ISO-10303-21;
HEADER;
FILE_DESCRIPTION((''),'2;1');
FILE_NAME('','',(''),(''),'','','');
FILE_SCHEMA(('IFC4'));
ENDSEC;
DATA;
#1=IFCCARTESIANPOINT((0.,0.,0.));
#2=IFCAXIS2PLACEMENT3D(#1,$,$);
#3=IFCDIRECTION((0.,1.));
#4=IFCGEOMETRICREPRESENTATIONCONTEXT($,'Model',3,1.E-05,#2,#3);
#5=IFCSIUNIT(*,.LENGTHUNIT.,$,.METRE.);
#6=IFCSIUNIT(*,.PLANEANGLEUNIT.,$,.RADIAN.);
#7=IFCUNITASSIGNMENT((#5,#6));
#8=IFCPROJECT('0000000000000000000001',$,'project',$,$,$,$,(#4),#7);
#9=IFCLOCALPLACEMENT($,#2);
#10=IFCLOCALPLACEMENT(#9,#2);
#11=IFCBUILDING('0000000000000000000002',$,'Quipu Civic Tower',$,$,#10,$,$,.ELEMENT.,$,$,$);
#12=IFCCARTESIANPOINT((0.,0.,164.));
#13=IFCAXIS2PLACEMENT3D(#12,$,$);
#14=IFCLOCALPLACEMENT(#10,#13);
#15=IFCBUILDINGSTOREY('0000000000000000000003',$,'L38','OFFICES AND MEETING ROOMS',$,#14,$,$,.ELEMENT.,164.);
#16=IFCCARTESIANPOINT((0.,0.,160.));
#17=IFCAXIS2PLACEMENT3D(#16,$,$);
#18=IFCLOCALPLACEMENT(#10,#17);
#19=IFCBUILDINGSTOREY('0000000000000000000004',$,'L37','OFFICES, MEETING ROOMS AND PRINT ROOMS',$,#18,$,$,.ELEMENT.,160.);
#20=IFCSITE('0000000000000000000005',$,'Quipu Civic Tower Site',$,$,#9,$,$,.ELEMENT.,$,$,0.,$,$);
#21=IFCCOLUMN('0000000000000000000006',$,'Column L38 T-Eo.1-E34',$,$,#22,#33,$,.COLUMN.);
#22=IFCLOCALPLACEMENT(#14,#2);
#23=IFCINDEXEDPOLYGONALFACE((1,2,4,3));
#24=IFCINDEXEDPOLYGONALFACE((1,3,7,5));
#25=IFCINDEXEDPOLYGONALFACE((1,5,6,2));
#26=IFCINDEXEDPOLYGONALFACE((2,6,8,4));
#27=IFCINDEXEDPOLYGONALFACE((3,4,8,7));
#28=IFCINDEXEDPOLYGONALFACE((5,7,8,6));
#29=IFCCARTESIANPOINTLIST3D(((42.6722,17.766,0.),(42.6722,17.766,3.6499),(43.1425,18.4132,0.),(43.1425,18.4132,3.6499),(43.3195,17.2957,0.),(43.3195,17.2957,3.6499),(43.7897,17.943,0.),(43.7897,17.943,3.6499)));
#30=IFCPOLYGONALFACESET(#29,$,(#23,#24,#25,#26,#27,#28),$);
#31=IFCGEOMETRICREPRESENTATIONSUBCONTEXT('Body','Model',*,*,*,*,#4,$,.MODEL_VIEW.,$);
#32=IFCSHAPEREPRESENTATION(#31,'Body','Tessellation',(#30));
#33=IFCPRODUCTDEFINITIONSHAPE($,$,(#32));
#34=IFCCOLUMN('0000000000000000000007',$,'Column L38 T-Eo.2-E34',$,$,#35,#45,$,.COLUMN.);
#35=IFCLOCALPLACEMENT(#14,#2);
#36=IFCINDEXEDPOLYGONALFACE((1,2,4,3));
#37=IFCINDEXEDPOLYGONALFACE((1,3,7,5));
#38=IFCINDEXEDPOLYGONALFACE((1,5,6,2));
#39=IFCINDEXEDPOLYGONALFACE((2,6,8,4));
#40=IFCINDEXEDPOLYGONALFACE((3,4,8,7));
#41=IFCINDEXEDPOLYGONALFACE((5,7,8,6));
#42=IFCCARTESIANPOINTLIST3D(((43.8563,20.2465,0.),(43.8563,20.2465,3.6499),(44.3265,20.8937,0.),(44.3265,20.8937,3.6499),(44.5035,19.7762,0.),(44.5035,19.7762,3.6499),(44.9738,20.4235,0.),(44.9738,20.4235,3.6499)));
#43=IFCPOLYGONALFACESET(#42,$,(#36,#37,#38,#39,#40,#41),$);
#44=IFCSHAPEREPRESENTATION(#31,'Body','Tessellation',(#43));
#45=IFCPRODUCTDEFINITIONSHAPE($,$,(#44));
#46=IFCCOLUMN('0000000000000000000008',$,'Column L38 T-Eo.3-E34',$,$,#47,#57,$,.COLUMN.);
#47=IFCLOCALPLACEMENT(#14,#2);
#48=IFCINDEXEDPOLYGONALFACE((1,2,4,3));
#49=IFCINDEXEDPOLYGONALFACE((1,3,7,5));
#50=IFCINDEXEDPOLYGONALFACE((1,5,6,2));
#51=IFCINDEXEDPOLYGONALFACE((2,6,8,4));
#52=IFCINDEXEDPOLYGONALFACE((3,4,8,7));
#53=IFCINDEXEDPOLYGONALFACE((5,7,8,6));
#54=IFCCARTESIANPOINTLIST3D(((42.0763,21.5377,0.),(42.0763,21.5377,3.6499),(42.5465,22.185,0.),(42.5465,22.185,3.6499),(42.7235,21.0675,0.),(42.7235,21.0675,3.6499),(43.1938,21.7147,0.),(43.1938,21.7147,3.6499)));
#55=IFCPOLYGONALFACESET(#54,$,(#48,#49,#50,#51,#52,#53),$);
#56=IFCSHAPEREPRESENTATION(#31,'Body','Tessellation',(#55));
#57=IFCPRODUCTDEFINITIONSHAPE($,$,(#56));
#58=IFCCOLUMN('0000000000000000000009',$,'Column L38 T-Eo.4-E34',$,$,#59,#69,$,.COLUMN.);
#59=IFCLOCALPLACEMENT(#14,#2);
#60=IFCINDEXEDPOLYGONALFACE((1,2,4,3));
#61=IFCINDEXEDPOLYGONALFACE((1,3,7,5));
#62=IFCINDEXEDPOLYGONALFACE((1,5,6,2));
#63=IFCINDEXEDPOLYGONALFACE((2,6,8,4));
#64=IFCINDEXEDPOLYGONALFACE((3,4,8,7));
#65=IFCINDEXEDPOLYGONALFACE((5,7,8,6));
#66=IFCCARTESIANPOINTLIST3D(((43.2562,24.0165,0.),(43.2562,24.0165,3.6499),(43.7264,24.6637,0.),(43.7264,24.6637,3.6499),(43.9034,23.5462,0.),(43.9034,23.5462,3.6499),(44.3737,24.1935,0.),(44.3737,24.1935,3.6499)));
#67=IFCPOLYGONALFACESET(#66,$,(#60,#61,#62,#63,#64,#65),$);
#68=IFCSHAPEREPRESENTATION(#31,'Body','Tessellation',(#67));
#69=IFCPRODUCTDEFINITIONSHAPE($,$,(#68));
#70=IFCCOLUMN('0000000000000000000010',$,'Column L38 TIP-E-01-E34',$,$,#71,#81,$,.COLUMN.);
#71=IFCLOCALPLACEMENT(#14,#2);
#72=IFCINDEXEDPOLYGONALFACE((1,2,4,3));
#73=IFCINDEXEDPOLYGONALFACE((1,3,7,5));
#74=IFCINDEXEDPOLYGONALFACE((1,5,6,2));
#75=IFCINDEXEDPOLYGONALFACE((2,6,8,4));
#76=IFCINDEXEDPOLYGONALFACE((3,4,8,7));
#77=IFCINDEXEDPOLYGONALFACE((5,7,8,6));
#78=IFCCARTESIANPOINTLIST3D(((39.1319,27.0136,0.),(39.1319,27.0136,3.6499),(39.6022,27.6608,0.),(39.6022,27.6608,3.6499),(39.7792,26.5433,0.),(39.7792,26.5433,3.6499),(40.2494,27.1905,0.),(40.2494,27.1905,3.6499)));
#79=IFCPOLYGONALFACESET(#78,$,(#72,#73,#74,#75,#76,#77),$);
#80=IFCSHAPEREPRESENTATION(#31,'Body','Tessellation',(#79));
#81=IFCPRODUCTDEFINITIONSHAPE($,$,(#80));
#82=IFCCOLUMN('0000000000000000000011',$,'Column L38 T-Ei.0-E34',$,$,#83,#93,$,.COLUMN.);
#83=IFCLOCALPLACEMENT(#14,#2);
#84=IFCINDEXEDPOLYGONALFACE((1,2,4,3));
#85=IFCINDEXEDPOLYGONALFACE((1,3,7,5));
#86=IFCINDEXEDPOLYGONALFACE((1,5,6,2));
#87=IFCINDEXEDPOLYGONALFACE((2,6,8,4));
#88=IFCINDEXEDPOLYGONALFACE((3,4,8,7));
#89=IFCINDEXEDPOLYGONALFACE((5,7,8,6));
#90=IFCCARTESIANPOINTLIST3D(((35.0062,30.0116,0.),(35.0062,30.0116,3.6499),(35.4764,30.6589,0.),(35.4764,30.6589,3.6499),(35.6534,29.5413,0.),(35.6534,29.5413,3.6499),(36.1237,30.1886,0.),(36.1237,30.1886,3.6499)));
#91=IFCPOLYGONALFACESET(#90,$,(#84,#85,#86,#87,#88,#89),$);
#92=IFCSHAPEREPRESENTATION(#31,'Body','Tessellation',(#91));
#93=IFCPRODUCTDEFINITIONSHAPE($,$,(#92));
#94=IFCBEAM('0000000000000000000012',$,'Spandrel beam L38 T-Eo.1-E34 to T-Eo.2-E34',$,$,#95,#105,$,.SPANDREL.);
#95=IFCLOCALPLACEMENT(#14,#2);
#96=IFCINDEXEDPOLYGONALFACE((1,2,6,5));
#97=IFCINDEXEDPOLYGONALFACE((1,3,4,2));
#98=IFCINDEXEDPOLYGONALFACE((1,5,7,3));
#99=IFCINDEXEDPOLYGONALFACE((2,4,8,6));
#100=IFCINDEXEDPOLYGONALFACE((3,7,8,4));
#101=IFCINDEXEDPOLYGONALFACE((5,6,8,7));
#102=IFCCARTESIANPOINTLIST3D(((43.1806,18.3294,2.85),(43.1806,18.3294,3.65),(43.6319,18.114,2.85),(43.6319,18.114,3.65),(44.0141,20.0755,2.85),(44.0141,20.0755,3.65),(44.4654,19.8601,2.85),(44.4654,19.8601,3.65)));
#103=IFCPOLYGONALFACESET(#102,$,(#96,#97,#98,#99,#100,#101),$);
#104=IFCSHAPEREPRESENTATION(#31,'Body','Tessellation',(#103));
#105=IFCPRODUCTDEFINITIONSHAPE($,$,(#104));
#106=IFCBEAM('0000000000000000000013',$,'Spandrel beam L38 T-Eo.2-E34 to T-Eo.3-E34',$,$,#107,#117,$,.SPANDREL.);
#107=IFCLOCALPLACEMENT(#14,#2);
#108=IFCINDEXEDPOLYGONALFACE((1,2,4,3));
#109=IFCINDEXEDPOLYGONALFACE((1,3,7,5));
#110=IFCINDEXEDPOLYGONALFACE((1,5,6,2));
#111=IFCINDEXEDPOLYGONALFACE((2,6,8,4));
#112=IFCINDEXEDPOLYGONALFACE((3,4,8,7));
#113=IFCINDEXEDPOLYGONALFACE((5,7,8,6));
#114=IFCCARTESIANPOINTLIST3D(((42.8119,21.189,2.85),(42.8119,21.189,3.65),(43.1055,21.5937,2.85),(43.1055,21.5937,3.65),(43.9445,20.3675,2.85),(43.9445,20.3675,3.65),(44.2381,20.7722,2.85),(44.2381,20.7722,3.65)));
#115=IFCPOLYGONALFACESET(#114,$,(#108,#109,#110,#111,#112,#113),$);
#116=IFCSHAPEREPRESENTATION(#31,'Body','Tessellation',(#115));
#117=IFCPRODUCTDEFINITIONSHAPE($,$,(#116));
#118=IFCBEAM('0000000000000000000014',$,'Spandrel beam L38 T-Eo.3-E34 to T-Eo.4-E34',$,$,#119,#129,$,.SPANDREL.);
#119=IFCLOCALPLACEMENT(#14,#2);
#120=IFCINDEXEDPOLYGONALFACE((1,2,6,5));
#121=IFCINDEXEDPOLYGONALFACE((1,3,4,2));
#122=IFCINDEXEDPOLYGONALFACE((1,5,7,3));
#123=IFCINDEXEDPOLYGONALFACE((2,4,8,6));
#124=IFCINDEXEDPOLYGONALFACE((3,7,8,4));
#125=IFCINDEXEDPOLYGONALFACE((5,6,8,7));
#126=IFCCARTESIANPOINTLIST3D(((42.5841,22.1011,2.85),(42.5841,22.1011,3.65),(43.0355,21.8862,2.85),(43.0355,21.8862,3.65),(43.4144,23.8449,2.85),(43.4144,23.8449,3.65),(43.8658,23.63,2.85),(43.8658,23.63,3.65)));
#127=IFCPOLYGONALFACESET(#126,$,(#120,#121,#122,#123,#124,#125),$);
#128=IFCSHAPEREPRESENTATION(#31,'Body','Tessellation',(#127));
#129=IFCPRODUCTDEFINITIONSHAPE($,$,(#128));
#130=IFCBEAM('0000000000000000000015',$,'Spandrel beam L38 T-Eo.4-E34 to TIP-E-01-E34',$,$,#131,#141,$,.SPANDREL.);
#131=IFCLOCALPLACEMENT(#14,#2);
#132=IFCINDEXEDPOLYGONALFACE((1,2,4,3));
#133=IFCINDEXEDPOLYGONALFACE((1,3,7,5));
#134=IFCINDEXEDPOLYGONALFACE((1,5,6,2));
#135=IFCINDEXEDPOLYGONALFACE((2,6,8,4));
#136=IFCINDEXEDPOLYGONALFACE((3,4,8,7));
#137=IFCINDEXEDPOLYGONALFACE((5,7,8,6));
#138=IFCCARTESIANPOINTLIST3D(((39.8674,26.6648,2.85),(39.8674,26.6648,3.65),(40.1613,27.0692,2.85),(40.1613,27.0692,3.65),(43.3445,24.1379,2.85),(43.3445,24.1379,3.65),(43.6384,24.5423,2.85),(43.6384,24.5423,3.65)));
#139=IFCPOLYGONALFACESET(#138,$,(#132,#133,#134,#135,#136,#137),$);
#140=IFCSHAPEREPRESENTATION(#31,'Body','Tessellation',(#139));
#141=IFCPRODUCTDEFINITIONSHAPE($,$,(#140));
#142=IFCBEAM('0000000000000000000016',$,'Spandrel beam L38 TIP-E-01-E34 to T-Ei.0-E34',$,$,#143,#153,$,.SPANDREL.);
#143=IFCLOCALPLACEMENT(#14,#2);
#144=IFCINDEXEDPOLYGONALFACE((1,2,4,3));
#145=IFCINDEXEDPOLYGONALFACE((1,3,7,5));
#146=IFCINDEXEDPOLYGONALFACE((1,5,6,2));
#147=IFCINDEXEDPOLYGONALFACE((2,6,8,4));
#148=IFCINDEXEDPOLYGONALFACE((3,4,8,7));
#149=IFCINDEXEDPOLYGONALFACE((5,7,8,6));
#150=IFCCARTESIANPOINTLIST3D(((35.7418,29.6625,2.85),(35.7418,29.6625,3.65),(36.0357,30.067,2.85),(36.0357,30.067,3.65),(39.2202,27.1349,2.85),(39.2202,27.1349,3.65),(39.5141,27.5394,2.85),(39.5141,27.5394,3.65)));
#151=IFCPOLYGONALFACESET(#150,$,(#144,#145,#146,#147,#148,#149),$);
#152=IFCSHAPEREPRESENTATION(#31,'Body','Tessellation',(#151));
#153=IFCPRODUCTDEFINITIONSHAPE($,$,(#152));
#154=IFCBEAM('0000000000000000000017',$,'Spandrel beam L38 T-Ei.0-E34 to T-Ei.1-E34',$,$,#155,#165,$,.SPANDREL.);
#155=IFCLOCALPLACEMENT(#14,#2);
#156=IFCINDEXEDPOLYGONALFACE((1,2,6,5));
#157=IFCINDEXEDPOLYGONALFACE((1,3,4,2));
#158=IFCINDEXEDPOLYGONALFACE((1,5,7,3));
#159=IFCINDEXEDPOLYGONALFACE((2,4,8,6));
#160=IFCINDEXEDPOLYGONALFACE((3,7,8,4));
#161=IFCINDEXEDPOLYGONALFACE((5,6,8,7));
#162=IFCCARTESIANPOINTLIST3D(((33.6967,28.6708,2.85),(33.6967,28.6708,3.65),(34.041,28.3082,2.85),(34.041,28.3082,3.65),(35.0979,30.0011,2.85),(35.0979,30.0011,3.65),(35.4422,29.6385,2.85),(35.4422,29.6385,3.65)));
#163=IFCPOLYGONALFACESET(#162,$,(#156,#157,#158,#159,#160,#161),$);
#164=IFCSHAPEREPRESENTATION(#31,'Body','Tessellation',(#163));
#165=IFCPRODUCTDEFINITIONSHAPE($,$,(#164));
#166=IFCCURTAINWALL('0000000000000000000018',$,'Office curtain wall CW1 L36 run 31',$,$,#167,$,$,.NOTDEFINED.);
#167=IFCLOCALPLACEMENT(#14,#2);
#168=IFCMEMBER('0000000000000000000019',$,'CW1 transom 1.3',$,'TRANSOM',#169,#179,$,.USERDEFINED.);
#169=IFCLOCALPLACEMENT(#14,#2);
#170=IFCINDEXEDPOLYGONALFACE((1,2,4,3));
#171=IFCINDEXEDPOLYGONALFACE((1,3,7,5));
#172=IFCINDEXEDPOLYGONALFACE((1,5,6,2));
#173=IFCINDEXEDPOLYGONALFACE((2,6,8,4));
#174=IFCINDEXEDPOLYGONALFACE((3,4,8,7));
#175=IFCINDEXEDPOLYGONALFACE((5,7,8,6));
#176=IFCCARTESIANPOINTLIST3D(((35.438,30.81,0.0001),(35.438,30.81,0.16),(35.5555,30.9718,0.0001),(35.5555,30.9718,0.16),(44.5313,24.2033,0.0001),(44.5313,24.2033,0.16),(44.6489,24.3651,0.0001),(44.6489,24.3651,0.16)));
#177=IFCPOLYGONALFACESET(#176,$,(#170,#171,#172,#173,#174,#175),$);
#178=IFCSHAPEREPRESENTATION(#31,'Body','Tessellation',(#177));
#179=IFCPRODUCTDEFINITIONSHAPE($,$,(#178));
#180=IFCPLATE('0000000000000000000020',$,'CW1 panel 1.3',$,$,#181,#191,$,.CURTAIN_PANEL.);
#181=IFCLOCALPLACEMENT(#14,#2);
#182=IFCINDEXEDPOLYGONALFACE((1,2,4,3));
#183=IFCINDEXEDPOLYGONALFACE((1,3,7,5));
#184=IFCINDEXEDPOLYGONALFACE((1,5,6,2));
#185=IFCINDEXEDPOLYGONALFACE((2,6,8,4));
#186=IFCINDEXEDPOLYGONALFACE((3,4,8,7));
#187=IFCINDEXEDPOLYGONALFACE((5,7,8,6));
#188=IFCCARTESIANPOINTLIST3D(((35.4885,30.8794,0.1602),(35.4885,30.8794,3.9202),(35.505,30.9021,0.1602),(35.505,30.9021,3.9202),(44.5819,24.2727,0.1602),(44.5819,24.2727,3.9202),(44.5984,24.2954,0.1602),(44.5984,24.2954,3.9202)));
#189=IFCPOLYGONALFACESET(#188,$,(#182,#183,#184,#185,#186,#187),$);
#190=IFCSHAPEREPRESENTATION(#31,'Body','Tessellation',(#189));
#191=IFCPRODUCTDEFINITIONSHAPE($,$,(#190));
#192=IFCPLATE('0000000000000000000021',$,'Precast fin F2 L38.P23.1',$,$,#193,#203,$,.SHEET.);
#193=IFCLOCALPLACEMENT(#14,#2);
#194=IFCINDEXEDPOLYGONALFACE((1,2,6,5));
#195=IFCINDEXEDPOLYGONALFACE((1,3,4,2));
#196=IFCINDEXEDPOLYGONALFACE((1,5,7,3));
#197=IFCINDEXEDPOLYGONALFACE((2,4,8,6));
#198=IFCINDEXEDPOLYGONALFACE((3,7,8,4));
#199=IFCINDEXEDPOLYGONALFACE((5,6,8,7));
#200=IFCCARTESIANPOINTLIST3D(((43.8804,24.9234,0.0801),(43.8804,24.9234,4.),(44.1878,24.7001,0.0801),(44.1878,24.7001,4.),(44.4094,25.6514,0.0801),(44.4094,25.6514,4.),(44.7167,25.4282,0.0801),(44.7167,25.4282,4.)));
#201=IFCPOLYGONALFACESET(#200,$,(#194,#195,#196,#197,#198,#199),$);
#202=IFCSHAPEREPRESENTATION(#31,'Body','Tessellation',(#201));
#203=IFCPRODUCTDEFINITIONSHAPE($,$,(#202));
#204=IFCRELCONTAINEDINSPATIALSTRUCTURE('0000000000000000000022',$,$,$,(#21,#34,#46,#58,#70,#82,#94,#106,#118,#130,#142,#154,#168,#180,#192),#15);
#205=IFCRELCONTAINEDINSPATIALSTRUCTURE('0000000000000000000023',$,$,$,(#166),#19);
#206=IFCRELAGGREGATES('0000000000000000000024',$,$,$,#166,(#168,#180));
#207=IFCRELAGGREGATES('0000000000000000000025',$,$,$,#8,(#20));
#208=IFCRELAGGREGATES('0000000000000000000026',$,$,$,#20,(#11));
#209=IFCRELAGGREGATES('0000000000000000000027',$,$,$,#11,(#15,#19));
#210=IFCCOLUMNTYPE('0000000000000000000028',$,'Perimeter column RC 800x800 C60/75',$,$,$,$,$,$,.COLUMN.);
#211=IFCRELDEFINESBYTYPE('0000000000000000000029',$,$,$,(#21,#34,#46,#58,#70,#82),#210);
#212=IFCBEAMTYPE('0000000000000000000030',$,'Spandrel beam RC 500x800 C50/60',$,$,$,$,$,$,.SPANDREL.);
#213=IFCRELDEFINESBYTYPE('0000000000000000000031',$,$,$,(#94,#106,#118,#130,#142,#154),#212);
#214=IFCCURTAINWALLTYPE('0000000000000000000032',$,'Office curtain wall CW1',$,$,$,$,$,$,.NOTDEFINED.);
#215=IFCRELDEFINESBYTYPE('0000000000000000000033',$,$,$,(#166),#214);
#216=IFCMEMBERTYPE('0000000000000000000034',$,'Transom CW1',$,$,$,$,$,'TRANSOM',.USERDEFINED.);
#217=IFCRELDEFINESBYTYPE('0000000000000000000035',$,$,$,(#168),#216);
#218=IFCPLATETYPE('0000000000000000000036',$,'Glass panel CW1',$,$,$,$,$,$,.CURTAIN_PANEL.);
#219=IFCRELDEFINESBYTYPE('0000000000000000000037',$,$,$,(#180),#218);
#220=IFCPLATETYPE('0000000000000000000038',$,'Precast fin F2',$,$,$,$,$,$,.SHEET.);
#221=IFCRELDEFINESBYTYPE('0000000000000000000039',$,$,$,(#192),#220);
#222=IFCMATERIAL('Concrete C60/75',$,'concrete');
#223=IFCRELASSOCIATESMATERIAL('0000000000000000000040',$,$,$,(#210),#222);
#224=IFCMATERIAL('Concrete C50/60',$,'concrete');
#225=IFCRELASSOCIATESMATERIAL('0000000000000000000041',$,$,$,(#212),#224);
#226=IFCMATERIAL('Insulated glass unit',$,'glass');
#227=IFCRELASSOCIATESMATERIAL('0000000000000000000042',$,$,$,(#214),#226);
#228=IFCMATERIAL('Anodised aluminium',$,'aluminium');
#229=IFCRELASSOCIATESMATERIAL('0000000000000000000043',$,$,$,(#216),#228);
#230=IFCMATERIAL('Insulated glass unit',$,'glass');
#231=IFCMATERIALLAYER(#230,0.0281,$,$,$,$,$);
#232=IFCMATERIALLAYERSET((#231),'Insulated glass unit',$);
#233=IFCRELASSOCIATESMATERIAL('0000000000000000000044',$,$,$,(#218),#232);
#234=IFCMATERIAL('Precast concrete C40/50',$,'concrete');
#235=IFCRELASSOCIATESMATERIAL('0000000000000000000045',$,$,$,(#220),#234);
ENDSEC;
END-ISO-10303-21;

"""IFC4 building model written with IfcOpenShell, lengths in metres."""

from ifc_helpers import new_model, si_unit, direction, frame, origin, origin_2d, place, context, subcontext, project, spatial, rectangle, extrude, material, layer, layer_set, material_profile, profile_set, type_object, element, aggregate, save


model = new_model("IFC4")

# Units and contexts
model_context = context("Model", 3, precision=1e-05, world=origin(), true_north=direction((0.0, 1.0)))
body_context = subcontext(model_context, "Body", "Model", "MODEL_VIEW")
ifc_project = project(units=[si_unit("LENGTHUNIT", "METRE"), si_unit("PLANEANGLEUNIT", "RADIAN")], contexts=[model_context])

# Site, building, storey
site_placement = place(None, origin())
site = spatial("IfcSite", under=ifc_project, at=site_placement, Name="Quipu Civic Tower Site", CompositionType="ELEMENT", RefElevation=0.0)
building_placement = place(site_placement, origin())
building = spatial("IfcBuilding", under=site, at=building_placement, Name="Quipu Civic Tower", CompositionType="ELEMENT")
storey_1_placement = place(building_placement, frame((0.0, 0.0, 164.0)))
storey_1 = spatial("IfcBuildingStorey", under=building, at=storey_1_placement, Name="L38", Description="OFFICES AND MEETING ROOMS", CompositionType="ELEMENT", Elevation=164.0)

# Columns
ifc_material_1 = material(Name="Concrete C60/75", Category="concrete")
ifc_material_profile_1 = material_profile(ifc_material_1, rectangle(XDim=0.8, YDim=0.8, at=origin_2d()), Name="RC800x800")
ifc_profile_set_1 = profile_set([ifc_material_profile_1], Name="Concrete C60/75")
column_type = type_object("IfcColumnType", Name="Perimeter column RC 800x800 C60/75", PredefinedType="COLUMN", material=ifc_profile_set_1)
for number, where, z_axis, x_axis, name in (
    (1, (43.231, 17.8545, 0.0), (0.0, 0.0, 1.0), (0.587785, 0.809017, 0.0), "Column L38 T-Eo.1-E34"),
    (2, (44.415, 20.335, 0.0), (0.0, 0.0, 1.0), (0.587785, 0.809017, 0.0), "Column L38 T-Eo.2-E34"),
    (3, (42.635, 21.6262, 0.0), (0.0, 0.0, 1.0), (-0.809017, 0.587785, 0.0), "Column L38 T-Eo.3-E34"),
    (4, (43.8149, 24.105, 0.0), (0.0, 0.0, 1.0), (-0.809017, 0.587785, 0.0), "Column L38 T-Eo.4-E34"),
    (5, (39.6907, 27.1021, 0.0), (0.0, 0.0, 1.0), (-0.809017, 0.587785, 0.0), "Column L38 TIP-E-01-E34"),
    (6, (35.5649, 30.1001, 0.0), (0.0, 0.0, 1.0), (-0.587785, -0.809017, 0.0), "Column L38 T-Ei.0-E34"),
):
    element("IfcColumn", number, at=place(storey_1_placement, frame(where, z_axis=z_axis, x_axis=x_axis)), inside=storey_1, type_object=column_type, Name=name, PredefinedType="COLUMN", context=body_context, shape_type="SweptSolid", body=[
        extrude(rectangle(XDim=0.8, YDim=0.8, at=origin_2d()), origin(), (0.0, 0.0, 1.0), 3.6499),
    ])

# Beams
ifc_material_2 = material(Name="Concrete C50/60", Category="concrete")
ifc_material_profile_2 = material_profile(ifc_material_2, rectangle(XDim=0.5, YDim=0.8, at=origin_2d()), Name="RC500x800")
ifc_profile_set_2 = profile_set([ifc_material_profile_2], Name="Concrete C50/60")
beam_type = type_object("IfcBeamType", Name="Spandrel beam RC 500x800 C50/60", PredefinedType="SPANDREL", material=ifc_profile_set_2)
beam_1_placement = place(storey_1_placement, frame((43.4062, 18.2217, 3.25), z_axis=(0.430786, 0.902454, 0.0), x_axis=(-0.902454, 0.430786, 0.0)))
element("IfcBeam", 7, at=beam_1_placement, inside=storey_1, type_object=beam_type, Name="Spandrel beam L38 T-Eo.1-E34 to T-Eo.2-E34", PredefinedType="SPANDREL", context=body_context, shape_type="SweptSolid", body=[
    extrude(rectangle(XDim=0.5, YDim=0.8, at=origin_2d()), origin(), (0.0, 0.0, 1.0), 1.9348),
])
beam_2_placement = place(storey_1_placement, frame((44.0913, 20.5698, 3.25), z_axis=(-0.809467, 0.587165, 0.0), x_axis=(-0.587165, -0.809467, 0.0)))
element("IfcBeam", 8, at=beam_2_placement, inside=storey_1, type_object=beam_type, Name="Spandrel beam L38 T-Eo.2-E34 to T-Eo.3-E34", PredefinedType="SPANDREL", context=body_context, shape_type="SweptSolid", body=[
    extrude(rectangle(XDim=0.5, YDim=0.8, at=origin_2d()), origin(), (0.0, 0.0, 1.0), 1.3992),
])
beam_3_placement = place(storey_1_placement, frame((42.8098, 21.9937, 3.25), z_axis=(0.429889, 0.902882, 0.0), x_axis=(-0.902882, 0.429889, 0.0)))
element("IfcBeam", 9, at=beam_3_placement, inside=storey_1, type_object=beam_type, Name="Spandrel beam L38 T-Eo.3-E34 to T-Eo.4-E34", PredefinedType="SPANDREL", context=body_context, shape_type="SweptSolid", body=[
    extrude(rectangle(XDim=0.5, YDim=0.8, at=origin_2d()), origin(), (0.0, 0.0, 1.0), 1.9314),
])
beam_4_placement = place(storey_1_placement, frame((43.4915, 24.3401, 3.25), z_axis=(-0.808947, 0.587881, 0.0), x_axis=(-0.587881, -0.808947, 0.0)))
element("IfcBeam", 10, at=beam_4_placement, inside=storey_1, type_object=beam_type, Name="Spandrel beam L38 T-Eo.4-E34 to TIP-E-01-E34", PredefinedType="SPANDREL", context=body_context, shape_type="SweptSolid", body=[
    extrude(rectangle(XDim=0.5, YDim=0.8, at=origin_2d()), origin(), (0.0, 0.0, 1.0), 4.2983),
])
beam_5_placement = place(storey_1_placement, frame((39.3672, 27.3372, 3.25), z_axis=(-0.808984, 0.587831, 0.0), x_axis=(-0.587831, -0.808984, 0.0)))
element("IfcBeam", 11, at=beam_5_placement, inside=storey_1, type_object=beam_type, Name="Spandrel beam L38 TIP-E-01-E34 to T-Ei.0-E34", PredefinedType="SPANDREL", context=body_context, shape_type="SweptSolid", body=[
    extrude(rectangle(XDim=0.5, YDim=0.8, at=origin_2d()), origin(), (0.0, 0.0, 1.0), 4.2998),
])
beam_6_placement = place(storey_1_placement, frame((35.27, 29.8198, 3.25), z_axis=(-0.725192, -0.688547, 0.0), x_axis=(0.688547, -0.725192, 0.0)))
element("IfcBeam", 12, at=beam_6_placement, inside=storey_1, type_object=beam_type, Name="Spandrel beam L38 T-Ei.0-E34 to T-Ei.1-E34", PredefinedType="SPANDREL", context=body_context, shape_type="SweptSolid", body=[
    extrude(rectangle(XDim=0.5, YDim=0.8, at=origin_2d()), origin(), (0.0, 0.0, 1.0), 1.9321),
])

# Shared definitions
storey_2_placement = place(building_placement, frame((0.0, 0.0, 160.0)))
storey_2 = spatial("IfcBuildingStorey", under=building, at=storey_2_placement, Name="L37", Description="OFFICES, MEETING ROOMS AND PRINT ROOMS", CompositionType="ELEMENT", Elevation=160.0)

# Curtain wall, member, plate
ifc_material_3 = material(Name="Insulated glass unit", Category="glass")
curtain_wall_type = type_object("IfcCurtainWallType", Name="Office curtain wall CW1", PredefinedType="NOTDEFINED", material=ifc_material_3)
curtain_wall_placement = place(storey_2_placement, origin())
curtain_wall = element("IfcCurtainWall", 13, at=curtain_wall_placement, inside=storey_2, type_object=curtain_wall_type, Name="Office curtain wall CW1 L36 run 31", PredefinedType="NOTDEFINED")
ifc_material_4 = material(Name="Anodised aluminium", Category="aluminium")
ifc_material_profile_3 = material_profile(ifc_material_4, rectangle(XDim=0.2, YDim=0.1599, at=origin_2d()), Name="RECT 200x160")
ifc_profile_set_3 = profile_set([ifc_material_profile_3], Name="Anodised aluminium")
member_type = type_object("IfcMemberType", Name="Transom CW1", ElementType="TRANSOM", PredefinedType="USERDEFINED", material=ifc_profile_set_3)
member_placement = place(storey_1_placement, frame((44.5901, 24.2842, 0.0801), z_axis=(-0.809015, 0.587788, 0.0), x_axis=(-0.587788, -0.809015, 0.0)))
member = element("IfcMember", 14, at=member_placement, inside=storey_1, type_object=member_type, Name="CW1 transom 1.3", ObjectType="TRANSOM", PredefinedType="USERDEFINED", context=body_context, shape_type="SweptSolid", body=[
    extrude(rectangle(XDim=0.2, YDim=0.1599, at=origin_2d()), origin(), (0.0, 0.0, 1.0), 11.24),
])
ifc_material_5 = material(Name="Insulated glass unit", Category="glass")
ifc_layer_1 = layer(ifc_material_5, 0.0281)
ifc_layer_set_1 = layer_set([ifc_layer_1], Name="Insulated glass unit")
plate_type_1 = type_object("IfcPlateType", Name="Glass panel CW1", PredefinedType="CURTAIN_PANEL", material=ifc_layer_set_1)
plate_placement = place(storey_1_placement, frame((40.0435, 27.5874, 0.1602), z_axis=(0.0, 0.0, 1.0), x_axis=(-0.809015, 0.587788, 0.0)))
plate = element("IfcPlate", 15, at=plate_placement, inside=storey_1, type_object=plate_type_1, Name="CW1 panel 1.3", PredefinedType="CURTAIN_PANEL", context=body_context, shape_type="SweptSolid", body=[
    extrude(rectangle(XDim=11.24, YDim=0.0281, at=origin_2d()), origin(), (0.0, 0.0, 1.0), 3.76),
])
aggregate(curtain_wall, [member, plate])

# Plate
ifc_material_6 = material(Name="Precast concrete C40/50", Category="concrete")
plate_type_2 = type_object("IfcPlateType", Name="Precast fin F2", PredefinedType="SHEET", material=ifc_material_6)
for number, where, z_axis, x_axis, name in (
    (16, (44.2986, 25.1758, 0.0801), (0.0, 0.0, 1.0), (-0.809017, 0.587785, 0.0), "Precast fin F2 L38.P23.1"),
):
    element("IfcPlate", number, at=place(storey_1_placement, frame(where, z_axis=z_axis, x_axis=x_axis)), inside=storey_1, type_object=plate_type_2, Name=name, PredefinedType="SHEET", context=body_context, shape_type="SweptSolid", body=[
        extrude(rectangle(XDim=0.3799, YDim=0.8999, at=origin_2d()), origin(), (0.0, 0.0, 1.0), 3.9199),
    ])

save(model, "model.ifc")
